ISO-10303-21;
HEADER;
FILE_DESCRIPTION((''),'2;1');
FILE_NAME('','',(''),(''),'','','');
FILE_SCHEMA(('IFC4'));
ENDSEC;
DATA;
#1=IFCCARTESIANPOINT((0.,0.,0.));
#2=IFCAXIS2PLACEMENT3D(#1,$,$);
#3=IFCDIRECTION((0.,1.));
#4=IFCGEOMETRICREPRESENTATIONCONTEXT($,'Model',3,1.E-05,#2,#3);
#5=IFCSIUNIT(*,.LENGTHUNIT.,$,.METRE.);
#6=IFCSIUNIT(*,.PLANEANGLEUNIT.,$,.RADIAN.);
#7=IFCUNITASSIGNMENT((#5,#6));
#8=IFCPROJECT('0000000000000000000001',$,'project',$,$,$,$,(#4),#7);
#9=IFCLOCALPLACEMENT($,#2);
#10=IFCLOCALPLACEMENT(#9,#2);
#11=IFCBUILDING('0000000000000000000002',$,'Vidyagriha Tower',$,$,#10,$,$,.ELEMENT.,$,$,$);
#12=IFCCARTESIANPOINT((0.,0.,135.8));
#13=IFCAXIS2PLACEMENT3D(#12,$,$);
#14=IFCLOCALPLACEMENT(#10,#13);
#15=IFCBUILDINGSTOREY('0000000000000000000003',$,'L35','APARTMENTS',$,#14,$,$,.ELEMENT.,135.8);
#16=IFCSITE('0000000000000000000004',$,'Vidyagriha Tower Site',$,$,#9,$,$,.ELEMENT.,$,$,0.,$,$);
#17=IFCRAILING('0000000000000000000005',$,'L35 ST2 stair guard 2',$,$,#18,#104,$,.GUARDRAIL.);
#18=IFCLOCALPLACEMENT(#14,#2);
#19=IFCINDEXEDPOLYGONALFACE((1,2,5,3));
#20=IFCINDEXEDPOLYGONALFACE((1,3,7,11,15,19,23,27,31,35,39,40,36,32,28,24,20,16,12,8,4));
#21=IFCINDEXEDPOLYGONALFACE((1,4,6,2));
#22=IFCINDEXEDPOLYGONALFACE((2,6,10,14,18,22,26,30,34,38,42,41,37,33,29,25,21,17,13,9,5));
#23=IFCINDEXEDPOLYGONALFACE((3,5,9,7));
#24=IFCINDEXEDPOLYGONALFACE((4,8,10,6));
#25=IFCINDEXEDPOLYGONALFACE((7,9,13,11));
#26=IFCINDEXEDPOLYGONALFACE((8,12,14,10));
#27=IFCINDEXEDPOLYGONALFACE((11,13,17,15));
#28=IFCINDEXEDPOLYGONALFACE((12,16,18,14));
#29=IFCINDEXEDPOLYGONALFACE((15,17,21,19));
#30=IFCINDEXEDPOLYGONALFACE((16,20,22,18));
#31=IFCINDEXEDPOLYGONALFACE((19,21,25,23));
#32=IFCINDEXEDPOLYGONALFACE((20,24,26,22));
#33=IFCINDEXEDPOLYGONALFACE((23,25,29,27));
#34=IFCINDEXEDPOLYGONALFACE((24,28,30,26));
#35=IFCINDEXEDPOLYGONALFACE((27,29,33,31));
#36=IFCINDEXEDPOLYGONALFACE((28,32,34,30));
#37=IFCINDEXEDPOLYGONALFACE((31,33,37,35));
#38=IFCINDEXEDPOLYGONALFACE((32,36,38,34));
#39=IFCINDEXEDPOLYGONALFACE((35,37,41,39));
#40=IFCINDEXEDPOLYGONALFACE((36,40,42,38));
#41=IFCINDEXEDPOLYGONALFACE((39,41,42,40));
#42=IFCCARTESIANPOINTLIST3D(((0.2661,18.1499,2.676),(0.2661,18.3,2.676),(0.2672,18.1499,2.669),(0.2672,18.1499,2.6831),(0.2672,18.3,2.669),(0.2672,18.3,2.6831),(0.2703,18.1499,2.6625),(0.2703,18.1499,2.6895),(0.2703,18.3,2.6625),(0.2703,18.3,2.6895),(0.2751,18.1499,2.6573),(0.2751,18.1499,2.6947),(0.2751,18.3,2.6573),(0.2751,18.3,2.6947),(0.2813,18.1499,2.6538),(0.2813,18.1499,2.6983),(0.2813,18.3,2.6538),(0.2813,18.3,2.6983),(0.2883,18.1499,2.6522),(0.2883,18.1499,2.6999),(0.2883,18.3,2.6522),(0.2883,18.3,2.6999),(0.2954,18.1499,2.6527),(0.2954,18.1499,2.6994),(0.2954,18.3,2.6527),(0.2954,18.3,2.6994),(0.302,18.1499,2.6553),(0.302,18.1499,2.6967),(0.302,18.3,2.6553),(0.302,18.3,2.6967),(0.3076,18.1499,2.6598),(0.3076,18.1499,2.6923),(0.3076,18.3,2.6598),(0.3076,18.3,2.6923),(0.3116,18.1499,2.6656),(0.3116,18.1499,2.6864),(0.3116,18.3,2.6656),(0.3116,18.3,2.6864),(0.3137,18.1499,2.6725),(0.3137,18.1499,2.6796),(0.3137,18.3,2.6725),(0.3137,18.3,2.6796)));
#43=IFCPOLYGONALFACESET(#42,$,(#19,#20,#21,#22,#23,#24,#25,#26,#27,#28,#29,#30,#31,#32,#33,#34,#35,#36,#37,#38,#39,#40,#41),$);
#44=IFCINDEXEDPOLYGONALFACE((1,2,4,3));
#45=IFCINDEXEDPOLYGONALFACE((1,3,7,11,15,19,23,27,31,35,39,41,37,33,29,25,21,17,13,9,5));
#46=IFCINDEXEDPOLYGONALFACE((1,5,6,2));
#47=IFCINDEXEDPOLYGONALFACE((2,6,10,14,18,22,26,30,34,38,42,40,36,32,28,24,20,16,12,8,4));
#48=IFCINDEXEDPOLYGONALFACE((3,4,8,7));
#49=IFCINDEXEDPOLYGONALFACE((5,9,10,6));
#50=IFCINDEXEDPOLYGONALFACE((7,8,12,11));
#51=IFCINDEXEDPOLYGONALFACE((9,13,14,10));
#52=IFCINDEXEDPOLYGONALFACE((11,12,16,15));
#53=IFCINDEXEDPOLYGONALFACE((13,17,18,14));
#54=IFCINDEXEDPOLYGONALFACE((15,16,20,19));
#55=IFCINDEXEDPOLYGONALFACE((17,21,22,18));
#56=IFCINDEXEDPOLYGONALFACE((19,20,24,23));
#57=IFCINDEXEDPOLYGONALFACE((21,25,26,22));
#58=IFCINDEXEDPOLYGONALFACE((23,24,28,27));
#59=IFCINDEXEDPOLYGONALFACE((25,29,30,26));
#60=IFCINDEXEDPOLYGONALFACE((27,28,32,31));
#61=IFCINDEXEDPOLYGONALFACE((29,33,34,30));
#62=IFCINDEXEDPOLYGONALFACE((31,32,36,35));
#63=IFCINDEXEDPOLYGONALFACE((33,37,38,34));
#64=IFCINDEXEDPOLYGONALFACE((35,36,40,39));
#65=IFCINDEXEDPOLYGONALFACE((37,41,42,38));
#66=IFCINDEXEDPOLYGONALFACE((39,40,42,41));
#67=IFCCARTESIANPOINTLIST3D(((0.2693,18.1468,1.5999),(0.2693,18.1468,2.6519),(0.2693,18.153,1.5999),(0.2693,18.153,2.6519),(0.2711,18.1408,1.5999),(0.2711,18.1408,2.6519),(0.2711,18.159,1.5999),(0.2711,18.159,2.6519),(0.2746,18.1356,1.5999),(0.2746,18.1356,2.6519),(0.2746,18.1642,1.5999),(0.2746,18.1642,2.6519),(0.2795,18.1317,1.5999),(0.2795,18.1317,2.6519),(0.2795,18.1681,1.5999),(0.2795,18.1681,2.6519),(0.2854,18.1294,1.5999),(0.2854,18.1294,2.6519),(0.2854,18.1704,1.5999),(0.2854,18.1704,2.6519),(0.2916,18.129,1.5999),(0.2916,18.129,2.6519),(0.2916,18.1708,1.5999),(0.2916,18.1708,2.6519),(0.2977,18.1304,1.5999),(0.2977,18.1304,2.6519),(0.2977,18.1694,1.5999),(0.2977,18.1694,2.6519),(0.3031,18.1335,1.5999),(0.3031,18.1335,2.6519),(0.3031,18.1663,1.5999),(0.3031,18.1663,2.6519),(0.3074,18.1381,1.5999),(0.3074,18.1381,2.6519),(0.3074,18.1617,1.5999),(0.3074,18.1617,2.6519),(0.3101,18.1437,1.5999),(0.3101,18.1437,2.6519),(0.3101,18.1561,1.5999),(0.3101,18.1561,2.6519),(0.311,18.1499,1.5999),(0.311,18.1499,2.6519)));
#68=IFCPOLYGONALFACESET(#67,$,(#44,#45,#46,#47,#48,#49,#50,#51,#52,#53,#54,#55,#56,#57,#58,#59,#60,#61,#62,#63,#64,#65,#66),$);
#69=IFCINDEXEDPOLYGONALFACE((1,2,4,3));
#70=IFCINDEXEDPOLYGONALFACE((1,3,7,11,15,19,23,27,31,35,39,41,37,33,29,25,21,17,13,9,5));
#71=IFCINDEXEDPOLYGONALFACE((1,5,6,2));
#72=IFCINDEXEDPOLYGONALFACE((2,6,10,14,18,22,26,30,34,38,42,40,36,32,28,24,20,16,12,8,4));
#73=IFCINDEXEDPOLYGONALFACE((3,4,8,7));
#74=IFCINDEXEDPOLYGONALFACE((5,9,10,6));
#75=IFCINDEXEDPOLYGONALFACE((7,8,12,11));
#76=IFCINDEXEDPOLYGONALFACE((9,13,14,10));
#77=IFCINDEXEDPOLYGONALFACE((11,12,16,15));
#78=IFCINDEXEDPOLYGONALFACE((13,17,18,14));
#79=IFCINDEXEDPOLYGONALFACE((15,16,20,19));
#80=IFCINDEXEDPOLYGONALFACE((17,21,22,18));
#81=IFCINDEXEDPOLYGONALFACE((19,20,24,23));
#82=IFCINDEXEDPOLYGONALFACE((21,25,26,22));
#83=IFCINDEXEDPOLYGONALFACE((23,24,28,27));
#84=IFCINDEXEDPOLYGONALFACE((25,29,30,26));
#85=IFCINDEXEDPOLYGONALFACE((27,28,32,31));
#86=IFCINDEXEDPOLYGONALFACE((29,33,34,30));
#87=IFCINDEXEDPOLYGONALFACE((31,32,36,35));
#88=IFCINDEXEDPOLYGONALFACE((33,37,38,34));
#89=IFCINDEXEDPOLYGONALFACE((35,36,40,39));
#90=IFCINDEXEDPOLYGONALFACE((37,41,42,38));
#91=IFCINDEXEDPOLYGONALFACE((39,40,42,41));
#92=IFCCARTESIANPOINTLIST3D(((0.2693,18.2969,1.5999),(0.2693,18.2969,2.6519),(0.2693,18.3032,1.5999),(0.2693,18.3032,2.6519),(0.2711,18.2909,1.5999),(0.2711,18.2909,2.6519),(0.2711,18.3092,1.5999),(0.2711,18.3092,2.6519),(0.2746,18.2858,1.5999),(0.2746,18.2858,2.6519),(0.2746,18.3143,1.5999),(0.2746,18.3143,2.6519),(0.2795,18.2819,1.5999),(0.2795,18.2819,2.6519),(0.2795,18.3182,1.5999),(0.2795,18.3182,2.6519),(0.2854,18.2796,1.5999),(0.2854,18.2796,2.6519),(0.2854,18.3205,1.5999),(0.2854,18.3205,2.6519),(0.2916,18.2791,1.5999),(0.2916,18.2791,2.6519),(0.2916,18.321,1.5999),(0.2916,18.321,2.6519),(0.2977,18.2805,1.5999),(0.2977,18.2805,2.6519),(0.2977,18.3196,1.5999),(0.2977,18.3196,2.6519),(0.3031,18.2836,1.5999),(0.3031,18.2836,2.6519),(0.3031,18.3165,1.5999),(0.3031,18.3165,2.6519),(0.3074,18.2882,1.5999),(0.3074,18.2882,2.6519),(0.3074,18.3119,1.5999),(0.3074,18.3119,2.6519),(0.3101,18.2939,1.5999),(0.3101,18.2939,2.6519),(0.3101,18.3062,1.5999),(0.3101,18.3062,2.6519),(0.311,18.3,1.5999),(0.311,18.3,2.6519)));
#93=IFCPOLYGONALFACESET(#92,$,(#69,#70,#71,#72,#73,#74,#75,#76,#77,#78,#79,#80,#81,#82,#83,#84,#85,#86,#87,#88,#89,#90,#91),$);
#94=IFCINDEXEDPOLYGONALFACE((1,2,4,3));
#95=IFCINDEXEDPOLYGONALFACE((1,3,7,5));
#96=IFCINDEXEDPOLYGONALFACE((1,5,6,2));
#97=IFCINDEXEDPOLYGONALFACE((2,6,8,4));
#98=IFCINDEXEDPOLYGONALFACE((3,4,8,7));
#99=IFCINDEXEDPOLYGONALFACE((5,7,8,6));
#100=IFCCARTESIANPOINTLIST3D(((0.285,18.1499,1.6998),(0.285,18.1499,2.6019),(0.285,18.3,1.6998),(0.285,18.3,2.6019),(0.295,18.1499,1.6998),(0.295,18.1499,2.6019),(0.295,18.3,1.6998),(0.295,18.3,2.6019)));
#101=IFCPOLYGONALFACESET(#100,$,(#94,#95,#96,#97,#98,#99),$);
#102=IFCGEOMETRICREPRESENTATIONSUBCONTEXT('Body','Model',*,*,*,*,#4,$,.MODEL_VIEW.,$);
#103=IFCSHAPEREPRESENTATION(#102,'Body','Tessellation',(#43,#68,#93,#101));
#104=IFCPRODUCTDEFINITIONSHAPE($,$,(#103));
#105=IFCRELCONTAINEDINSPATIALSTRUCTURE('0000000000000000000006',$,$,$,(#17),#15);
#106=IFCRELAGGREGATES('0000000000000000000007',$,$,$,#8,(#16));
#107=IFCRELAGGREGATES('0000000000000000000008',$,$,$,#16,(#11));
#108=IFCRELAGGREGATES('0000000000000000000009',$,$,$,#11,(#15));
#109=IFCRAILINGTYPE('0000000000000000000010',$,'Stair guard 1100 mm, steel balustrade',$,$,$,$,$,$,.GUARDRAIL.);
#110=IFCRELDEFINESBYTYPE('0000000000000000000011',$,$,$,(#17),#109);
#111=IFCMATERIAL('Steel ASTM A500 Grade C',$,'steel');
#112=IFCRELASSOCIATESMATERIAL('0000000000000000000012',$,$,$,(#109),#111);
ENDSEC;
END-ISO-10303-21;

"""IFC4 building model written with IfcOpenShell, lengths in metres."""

from ifc_helpers import new_model, si_unit, direction, frame, origin, origin_2d, place, context, subcontext, project, spatial, rectangle, circle, extrude, material, type_object, element, save


model = new_model("IFC4")

# Units and contexts
model_context = context("Model", 3, precision=1e-05, world=origin(), true_north=direction((0.0, 1.0)))
body_context = subcontext(model_context, "Body", "Model", "MODEL_VIEW")
ifc_project = project(units=[si_unit("LENGTHUNIT", "METRE"), si_unit("PLANEANGLEUNIT", "RADIAN")], contexts=[model_context])

# Site, building, storey
site_placement = place(None, origin())
site = spatial("IfcSite", under=ifc_project, at=site_placement, Name="Vidyagriha Tower Site", CompositionType="ELEMENT", RefElevation=0.0)
building_placement = place(site_placement, origin())
building = spatial("IfcBuilding", under=site, at=building_placement, Name="Vidyagriha Tower", CompositionType="ELEMENT")
storey_placement = place(building_placement, frame((0.0, 0.0, 135.8)))
storey = spatial("IfcBuildingStorey", under=building, at=storey_placement, Name="L35", Description="APARTMENTS", CompositionType="ELEMENT", Elevation=135.8)

# Railing
ifc_material_1 = material(Name="Steel ASTM A500 Grade C", Category="steel")
railing_type_1 = type_object("IfcRailingType", Name="Stair guard 1100 mm, steel balustrade", PredefinedType="GUARDRAIL", material=ifc_material_1)
railing_1_placement = place(storey_placement, frame((0.29, 18.1499, 1.5999)))
element("IfcRailing", 1, at=railing_1_placement, inside=storey, type_object=railing_type_1, Name="L35 ST2 stair guard 2", PredefinedType="GUARDRAIL", context=body_context, shape_type="SweptSolid", body=[
    extrude(circle(Radius=0.0239, at=origin_2d()), frame((0.0, 0.0, 1.0762), z_axis=(0.0, 1.0, 0.0), x_axis=(-1.0, 0.0, 0.0)), (0.0, 0.0, 1.0), 0.1501),
    extrude(circle(Radius=0.021, at=origin_2d()), origin(), (0.0, 0.0, 1.0), 1.052),
    extrude(circle(Radius=0.021, at=origin_2d()), frame((0.0, 0.1501, 0.0)), (0.0, 0.0, 1.0), 1.052),
    extrude(rectangle(XDim=0.01, YDim=0.9021, at=origin_2d()), frame((0.0, 0.0, 0.551), z_axis=(0.0, 1.0, 0.0), x_axis=(-1.0, 0.0, 0.0)), (0.0, 0.0, 1.0), 0.1501),
])

save(model, "model.ifc")
